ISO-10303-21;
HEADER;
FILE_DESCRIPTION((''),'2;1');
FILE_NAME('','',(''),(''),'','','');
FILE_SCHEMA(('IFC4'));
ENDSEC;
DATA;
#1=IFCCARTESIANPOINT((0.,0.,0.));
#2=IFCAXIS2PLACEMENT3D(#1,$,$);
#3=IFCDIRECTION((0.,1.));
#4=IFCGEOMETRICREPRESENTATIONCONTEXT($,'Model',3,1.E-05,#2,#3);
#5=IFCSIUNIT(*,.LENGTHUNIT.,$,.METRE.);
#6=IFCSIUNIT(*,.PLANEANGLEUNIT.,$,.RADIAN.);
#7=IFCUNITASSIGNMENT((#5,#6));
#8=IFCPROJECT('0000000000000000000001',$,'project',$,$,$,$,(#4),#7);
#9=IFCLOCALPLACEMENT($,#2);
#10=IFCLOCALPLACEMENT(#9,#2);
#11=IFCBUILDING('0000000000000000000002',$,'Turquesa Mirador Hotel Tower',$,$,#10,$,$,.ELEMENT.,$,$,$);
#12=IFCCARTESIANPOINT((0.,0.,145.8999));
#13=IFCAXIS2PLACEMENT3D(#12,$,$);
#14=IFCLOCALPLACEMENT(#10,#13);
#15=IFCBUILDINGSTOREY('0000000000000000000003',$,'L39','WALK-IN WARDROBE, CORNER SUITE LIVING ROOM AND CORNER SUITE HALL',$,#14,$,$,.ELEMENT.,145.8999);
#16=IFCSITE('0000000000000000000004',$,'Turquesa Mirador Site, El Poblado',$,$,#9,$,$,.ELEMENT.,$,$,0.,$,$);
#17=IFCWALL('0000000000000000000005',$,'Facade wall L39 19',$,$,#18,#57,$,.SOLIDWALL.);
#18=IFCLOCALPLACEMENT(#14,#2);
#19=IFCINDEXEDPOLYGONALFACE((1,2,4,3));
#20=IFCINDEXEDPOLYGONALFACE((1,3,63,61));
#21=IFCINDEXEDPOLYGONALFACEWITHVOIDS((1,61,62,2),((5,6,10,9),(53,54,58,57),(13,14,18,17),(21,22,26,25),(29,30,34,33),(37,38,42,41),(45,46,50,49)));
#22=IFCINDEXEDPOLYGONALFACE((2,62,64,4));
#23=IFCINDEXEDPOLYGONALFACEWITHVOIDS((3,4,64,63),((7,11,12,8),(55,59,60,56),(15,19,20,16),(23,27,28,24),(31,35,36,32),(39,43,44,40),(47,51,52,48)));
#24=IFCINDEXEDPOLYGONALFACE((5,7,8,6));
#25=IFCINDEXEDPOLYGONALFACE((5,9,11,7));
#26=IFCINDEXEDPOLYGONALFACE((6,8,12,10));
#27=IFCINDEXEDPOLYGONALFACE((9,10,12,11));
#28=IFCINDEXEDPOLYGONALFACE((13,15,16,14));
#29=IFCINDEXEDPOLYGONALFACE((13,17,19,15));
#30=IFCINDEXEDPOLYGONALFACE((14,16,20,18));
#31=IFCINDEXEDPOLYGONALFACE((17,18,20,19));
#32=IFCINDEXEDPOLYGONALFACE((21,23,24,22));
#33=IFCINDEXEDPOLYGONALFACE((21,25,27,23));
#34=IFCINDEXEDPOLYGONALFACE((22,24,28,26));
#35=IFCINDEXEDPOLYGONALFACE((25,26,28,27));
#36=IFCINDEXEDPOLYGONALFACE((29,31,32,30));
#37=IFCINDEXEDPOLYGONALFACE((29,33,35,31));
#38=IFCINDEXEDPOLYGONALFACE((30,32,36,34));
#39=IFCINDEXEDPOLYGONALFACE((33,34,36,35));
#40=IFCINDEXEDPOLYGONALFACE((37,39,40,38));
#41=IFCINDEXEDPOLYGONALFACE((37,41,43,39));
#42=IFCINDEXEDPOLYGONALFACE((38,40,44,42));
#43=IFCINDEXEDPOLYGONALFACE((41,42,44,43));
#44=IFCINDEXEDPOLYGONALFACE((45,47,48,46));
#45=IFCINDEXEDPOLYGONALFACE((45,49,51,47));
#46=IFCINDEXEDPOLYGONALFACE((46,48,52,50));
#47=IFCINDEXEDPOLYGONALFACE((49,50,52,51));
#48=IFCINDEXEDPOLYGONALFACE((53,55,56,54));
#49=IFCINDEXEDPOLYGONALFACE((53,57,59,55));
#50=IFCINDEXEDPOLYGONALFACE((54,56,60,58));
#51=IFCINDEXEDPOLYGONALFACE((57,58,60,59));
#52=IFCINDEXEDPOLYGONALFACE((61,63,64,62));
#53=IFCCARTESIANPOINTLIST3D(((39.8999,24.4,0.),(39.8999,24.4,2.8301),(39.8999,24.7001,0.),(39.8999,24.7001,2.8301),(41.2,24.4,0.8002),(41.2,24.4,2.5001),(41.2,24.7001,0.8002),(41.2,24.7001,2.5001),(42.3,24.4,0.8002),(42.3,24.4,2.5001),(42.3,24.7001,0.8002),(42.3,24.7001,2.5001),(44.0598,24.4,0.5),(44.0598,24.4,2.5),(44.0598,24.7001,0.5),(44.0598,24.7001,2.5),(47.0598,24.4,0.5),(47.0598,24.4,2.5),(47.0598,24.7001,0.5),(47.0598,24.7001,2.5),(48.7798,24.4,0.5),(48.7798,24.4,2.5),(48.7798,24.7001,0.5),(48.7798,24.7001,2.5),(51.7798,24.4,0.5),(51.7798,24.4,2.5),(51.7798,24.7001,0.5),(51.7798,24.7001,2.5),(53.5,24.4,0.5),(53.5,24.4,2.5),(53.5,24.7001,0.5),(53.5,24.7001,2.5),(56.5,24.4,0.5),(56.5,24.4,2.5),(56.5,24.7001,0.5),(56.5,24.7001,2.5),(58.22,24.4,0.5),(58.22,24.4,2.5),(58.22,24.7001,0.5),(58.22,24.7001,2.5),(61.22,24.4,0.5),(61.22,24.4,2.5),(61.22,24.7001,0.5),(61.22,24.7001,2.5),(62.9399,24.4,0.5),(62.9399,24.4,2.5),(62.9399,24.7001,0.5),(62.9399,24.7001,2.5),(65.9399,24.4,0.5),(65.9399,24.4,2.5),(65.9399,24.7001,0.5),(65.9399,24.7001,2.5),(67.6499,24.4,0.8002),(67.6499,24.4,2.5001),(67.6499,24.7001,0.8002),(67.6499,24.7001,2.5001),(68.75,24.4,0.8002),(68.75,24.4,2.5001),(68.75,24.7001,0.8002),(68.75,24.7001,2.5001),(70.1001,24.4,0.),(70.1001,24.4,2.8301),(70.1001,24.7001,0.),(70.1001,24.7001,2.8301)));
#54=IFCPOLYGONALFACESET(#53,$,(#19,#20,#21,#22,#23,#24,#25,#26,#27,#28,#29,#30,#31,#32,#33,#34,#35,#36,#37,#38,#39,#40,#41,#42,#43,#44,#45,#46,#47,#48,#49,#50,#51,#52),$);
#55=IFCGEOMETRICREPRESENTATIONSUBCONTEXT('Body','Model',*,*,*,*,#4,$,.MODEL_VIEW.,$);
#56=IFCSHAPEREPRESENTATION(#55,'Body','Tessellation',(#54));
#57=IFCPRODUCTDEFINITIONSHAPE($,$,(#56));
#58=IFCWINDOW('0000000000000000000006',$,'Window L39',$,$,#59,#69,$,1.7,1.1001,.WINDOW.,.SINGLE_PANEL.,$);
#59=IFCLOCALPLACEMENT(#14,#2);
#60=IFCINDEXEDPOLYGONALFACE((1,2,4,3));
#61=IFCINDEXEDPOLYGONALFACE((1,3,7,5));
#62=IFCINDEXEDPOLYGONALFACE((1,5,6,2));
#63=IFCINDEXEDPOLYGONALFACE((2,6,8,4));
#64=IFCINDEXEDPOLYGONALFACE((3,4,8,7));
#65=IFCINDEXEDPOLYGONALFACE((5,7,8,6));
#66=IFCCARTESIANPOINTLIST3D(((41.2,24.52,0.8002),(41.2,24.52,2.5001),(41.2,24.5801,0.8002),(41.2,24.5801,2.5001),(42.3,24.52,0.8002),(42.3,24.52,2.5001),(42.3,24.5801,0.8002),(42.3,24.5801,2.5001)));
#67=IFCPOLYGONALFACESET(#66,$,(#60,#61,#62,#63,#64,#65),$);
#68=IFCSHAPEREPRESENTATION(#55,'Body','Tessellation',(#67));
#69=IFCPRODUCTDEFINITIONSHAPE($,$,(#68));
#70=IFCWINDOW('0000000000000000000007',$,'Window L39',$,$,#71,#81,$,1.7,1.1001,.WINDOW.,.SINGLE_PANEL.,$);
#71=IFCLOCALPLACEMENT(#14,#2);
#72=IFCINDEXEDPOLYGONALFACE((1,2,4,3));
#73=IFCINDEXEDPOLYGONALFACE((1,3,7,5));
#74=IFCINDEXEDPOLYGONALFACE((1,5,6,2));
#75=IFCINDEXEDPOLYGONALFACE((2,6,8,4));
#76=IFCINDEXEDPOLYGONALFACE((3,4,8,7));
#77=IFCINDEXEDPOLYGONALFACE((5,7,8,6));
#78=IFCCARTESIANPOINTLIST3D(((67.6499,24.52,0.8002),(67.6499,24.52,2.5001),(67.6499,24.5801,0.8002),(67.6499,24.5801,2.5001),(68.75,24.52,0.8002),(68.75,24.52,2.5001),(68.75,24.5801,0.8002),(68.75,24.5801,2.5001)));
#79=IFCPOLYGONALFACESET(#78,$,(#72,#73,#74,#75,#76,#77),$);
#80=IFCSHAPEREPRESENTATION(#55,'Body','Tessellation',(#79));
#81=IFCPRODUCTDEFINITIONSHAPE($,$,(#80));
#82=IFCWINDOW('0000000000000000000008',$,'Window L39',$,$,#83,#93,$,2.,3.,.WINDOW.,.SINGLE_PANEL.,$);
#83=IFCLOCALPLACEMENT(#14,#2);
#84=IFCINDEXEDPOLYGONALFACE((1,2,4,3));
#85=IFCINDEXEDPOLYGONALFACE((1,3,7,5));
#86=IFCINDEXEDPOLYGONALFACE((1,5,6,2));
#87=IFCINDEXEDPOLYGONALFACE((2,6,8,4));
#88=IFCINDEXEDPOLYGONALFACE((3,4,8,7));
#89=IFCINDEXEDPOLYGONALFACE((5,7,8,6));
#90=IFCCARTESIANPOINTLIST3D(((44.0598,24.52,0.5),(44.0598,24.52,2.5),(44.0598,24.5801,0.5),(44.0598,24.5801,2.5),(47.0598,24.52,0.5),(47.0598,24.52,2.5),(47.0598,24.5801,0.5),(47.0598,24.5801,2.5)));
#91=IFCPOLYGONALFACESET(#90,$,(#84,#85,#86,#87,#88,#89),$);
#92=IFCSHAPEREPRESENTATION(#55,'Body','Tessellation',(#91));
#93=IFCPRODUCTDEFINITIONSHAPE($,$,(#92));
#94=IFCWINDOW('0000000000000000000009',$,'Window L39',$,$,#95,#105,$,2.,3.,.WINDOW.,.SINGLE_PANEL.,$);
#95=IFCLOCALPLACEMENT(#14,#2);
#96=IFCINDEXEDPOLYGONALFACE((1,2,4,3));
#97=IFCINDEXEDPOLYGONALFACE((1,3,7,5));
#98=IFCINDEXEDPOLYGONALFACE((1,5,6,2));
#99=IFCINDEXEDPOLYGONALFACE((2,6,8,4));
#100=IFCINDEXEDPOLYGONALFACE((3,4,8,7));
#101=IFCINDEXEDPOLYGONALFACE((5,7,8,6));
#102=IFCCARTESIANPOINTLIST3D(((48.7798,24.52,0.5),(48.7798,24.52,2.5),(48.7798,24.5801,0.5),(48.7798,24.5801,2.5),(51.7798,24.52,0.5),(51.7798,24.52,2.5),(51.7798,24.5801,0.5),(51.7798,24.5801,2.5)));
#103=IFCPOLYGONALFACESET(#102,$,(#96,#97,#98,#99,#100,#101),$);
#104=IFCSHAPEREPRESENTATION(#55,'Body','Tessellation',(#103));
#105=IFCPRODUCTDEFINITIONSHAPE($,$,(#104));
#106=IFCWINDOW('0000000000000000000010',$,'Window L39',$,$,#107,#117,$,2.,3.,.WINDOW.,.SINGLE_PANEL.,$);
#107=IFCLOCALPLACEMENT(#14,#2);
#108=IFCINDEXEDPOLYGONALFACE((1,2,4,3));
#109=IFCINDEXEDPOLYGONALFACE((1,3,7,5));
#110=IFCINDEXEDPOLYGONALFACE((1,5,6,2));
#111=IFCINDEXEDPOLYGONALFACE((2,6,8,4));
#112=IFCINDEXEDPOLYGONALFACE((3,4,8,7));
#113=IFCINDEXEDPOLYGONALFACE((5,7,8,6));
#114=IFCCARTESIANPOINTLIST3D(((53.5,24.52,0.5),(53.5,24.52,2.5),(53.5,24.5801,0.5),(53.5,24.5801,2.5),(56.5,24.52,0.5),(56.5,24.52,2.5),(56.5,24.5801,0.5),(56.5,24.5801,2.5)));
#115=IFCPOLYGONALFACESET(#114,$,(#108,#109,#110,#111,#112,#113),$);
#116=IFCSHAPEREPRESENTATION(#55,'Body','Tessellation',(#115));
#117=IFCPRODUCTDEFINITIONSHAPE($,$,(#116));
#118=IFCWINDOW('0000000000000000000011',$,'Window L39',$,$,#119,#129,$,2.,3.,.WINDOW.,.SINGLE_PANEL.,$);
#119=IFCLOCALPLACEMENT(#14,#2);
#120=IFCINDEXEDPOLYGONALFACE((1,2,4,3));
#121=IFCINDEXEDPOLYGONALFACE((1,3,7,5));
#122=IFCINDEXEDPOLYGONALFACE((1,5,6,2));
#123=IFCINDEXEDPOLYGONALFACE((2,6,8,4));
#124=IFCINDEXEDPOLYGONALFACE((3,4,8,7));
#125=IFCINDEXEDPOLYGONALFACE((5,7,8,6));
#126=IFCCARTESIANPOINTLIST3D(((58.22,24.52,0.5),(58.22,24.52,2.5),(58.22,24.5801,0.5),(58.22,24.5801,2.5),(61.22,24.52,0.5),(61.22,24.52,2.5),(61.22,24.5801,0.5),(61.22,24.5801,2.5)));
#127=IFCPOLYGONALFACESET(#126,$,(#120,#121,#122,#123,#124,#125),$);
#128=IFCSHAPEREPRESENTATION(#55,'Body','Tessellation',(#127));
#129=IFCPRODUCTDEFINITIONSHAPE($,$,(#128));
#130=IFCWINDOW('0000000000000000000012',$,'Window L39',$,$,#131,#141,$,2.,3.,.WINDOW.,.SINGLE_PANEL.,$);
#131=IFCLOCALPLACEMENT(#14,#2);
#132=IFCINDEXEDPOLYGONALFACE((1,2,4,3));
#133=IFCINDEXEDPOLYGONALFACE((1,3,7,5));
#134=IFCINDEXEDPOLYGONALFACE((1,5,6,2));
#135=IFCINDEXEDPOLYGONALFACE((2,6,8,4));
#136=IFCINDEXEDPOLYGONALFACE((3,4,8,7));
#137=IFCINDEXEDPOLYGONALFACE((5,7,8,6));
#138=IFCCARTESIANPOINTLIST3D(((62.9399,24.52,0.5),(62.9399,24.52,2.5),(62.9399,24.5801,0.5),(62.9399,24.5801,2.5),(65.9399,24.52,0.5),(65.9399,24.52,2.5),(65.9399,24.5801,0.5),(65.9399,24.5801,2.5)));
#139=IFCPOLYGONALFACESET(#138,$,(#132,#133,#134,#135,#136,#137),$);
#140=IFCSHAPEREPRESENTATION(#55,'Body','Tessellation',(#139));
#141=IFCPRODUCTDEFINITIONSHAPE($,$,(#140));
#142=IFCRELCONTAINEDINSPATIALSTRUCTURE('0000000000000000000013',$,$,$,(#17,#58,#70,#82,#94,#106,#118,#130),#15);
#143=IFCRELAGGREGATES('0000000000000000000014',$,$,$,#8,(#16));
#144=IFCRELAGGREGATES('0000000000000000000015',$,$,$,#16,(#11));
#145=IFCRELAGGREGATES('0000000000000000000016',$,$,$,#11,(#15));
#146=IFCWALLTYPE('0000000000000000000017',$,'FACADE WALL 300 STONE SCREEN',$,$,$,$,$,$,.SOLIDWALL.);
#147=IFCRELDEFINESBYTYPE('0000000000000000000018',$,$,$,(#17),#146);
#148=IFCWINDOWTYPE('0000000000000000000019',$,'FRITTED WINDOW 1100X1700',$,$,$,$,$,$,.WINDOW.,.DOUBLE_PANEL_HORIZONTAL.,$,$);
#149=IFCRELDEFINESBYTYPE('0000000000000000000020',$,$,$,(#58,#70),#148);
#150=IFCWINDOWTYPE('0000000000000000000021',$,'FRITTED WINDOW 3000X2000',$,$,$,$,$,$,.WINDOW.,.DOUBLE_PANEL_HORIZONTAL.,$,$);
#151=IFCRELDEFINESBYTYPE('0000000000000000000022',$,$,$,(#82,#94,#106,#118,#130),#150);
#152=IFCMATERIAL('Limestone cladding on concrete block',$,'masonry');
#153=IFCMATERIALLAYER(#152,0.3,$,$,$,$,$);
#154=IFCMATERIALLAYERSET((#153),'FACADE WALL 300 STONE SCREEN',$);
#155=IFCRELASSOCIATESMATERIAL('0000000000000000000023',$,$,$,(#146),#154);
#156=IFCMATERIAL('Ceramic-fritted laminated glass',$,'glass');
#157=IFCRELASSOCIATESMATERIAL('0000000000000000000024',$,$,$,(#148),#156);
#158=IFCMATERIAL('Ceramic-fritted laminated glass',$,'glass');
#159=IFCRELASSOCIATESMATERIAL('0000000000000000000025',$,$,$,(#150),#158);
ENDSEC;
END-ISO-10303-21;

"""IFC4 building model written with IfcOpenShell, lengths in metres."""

from ifc_helpers import new_model, si_unit, direction, frame, frame_2d, origin, place, context, subcontext, project, spatial, rectangle, extrude, material, layer, layer_set, type_object, element, fill, save


model = new_model("IFC4")

# Units and contexts
model_context = context("Model", 3, precision=1e-05, world=origin(), true_north=direction((0.0, 1.0)))
body_context = subcontext(model_context, "Body", "Model", "MODEL_VIEW")
ifc_project = project(units=[si_unit("LENGTHUNIT", "METRE"), si_unit("PLANEANGLEUNIT", "RADIAN")], contexts=[model_context])

# Site, building, storey
site_placement = place(None, origin())
site = spatial("IfcSite", under=ifc_project, at=site_placement, Name="Turquesa Mirador Site, El Poblado", CompositionType="ELEMENT", RefElevation=0.0)
building_placement = place(site_placement, origin())
building = spatial("IfcBuilding", under=site, at=building_placement, Name="Turquesa Mirador Hotel Tower", CompositionType="ELEMENT")
storey_placement = place(building_placement, frame((0.0, 0.0, 145.8999)))
storey = spatial("IfcBuildingStorey", under=building, at=storey_placement, Name="L39", Description="WALK-IN WARDROBE, CORNER SUITE LIVING ROOM AND CORNER SUITE HALL", CompositionType="ELEMENT", Elevation=145.8999)

# Shared definitions
ifc_material_1 = material(Name="Limestone cladding on concrete block", Category="masonry")
ifc_layer_1 = layer(ifc_material_1, 0.3)
ifc_layer_set_1 = layer_set([ifc_layer_1], Name="FACADE WALL 300 STONE SCREEN")
wall_type_1 = type_object("IfcWallType", Name="FACADE WALL 300 STONE SCREEN", PredefinedType="SOLIDWALL", material=ifc_layer_set_1)

# Wall, openings, windows
wall_1_placement = place(storey_placement, frame((39.8999, 24.55, 0.0), z_axis=(0.0, 0.0, 1.0), x_axis=(1.0, 0.0, 0.0)))
wall_1 = element("IfcWall", 1, at=wall_1_placement, inside=storey, type_object=wall_type_1, Name="Facade wall L39 19", PredefinedType="SOLIDWALL", context=body_context, shape_type="SweptSolid", body=[
    extrude(rectangle(XDim=30.2002, YDim=0.3, at=frame_2d((15.1001, 0.0))), origin(), (0.0, 0.0, 1.0), 2.8301),
])
opening_1_placement = place(wall_1_placement, frame((1.3, 0.0, 0.8)))
opening_1 = element("IfcOpeningElement", 2, at=opening_1_placement, cuts=wall_1, PredefinedType="OPENING", context=body_context, shape_type="SweptSolid", body=[
    extrude(rectangle(XDim=1.1001, YDim=1.7, at=frame_2d((0.55, 0.8501))), frame((0.0, 0.1599, 0.0), z_axis=(0.0, -1.0, 0.0), x_axis=(1.0, 0.0, 0.0)), (0.0, 0.0, 1.0), 0.3201),
])
opening_2_placement = place(wall_1_placement, frame((4.1599, 0.0, 0.5)))
opening_2 = element("IfcOpeningElement", 3, at=opening_2_placement, cuts=wall_1, PredefinedType="OPENING", context=body_context, shape_type="SweptSolid", body=[
    extrude(rectangle(XDim=3.0, YDim=2.0, at=frame_2d((1.5, 1.0))), frame((0.0, 0.1599, 0.0), z_axis=(0.0, -1.0, 0.0), x_axis=(1.0, 0.0, 0.0)), (0.0, 0.0, 1.0), 0.3201),
])
opening_3_placement = place(wall_1_placement, frame((8.8799, 0.0, 0.5)))
opening_3 = element("IfcOpeningElement", 4, at=opening_3_placement, cuts=wall_1, PredefinedType="OPENING", context=body_context, shape_type="SweptSolid", body=[
    extrude(rectangle(XDim=3.0, YDim=2.0, at=frame_2d((1.5, 1.0))), frame((0.0, 0.1599, 0.0), z_axis=(0.0, -1.0, 0.0), x_axis=(1.0, 0.0, 0.0)), (0.0, 0.0, 1.0), 0.3201),
])
opening_4_placement = place(wall_1_placement, frame((13.6001, 0.0, 0.5)))
opening_4 = element("IfcOpeningElement", 5, at=opening_4_placement, cuts=wall_1, PredefinedType="OPENING", context=body_context, shape_type="SweptSolid", body=[
    extrude(rectangle(XDim=3.0, YDim=2.0, at=frame_2d((1.5, 1.0))), frame((0.0, 0.1599, 0.0), z_axis=(0.0, -1.0, 0.0), x_axis=(1.0, 0.0, 0.0)), (0.0, 0.0, 1.0), 0.3201),
])
opening_5_placement = place(wall_1_placement, frame((18.3201, 0.0, 0.5)))
opening_5 = element("IfcOpeningElement", 6, at=opening_5_placement, cuts=wall_1, PredefinedType="OPENING", context=body_context, shape_type="SweptSolid", body=[
    extrude(rectangle(XDim=3.0, YDim=2.0, at=frame_2d((1.5, 1.0))), frame((0.0, 0.1599, 0.0), z_axis=(0.0, -1.0, 0.0), x_axis=(1.0, 0.0, 0.0)), (0.0, 0.0, 1.0), 0.3201),
])
opening_6_placement = place(wall_1_placement, frame((23.04, 0.0, 0.5)))
opening_6 = element("IfcOpeningElement", 7, at=opening_6_placement, cuts=wall_1, PredefinedType="OPENING", context=body_context, shape_type="SweptSolid", body=[
    extrude(rectangle(XDim=3.0, YDim=2.0, at=frame_2d((1.5, 1.0))), frame((0.0, 0.1599, 0.0), z_axis=(0.0, -1.0, 0.0), x_axis=(1.0, 0.0, 0.0)), (0.0, 0.0, 1.0), 0.3201),
])
opening_7_placement = place(wall_1_placement, frame((27.75, 0.0, 0.8)))
opening_7 = element("IfcOpeningElement", 8, at=opening_7_placement, cuts=wall_1, PredefinedType="OPENING", context=body_context, shape_type="SweptSolid", body=[
    extrude(rectangle(XDim=1.1001, YDim=1.7, at=frame_2d((0.55, 0.8501))), frame((0.0, 0.1599, 0.0), z_axis=(0.0, -1.0, 0.0), x_axis=(1.0, 0.0, 0.0)), (0.0, 0.0, 1.0), 0.3201),
])
ifc_material_2 = material(Name="Ceramic-fritted laminated glass", Category="glass")
window_type_1 = type_object("IfcWindowType", Name="FRITTED WINDOW 1100X1700", PartitioningType="DOUBLE_PANEL_HORIZONTAL", PredefinedType="WINDOW", material=ifc_material_2)
window_1_placement = place(opening_1_placement, origin())
window_1 = element("IfcWindow", 9, at=window_1_placement, inside=storey, type_object=window_type_1, Name="Window L39", OverallHeight=1.7, OverallWidth=1.1001, PartitioningType="SINGLE_PANEL", PredefinedType="WINDOW", context=body_context, shape_type="SweptSolid", body=[
    extrude(rectangle(XDim=1.1001, YDim=1.7, at=frame_2d((0.55, 0.8501))), frame((0.0, 0.03, 0.0), z_axis=(0.0, -1.0, 0.0), x_axis=(1.0, 0.0, 0.0)), (0.0, 0.0, 1.0), 0.0601),
])
fill(opening_1, window_1)
window_2_placement = place(opening_7_placement, origin())
window_2 = element("IfcWindow", 10, at=window_2_placement, inside=storey, type_object=window_type_1, Name="Window L39", OverallHeight=1.7, OverallWidth=1.1001, PartitioningType="SINGLE_PANEL", PredefinedType="WINDOW", context=body_context, shape_type="SweptSolid", body=[
    extrude(rectangle(XDim=1.1001, YDim=1.7, at=frame_2d((0.55, 0.8501))), frame((0.0, 0.03, 0.0), z_axis=(0.0, -1.0, 0.0), x_axis=(1.0, 0.0, 0.0)), (0.0, 0.0, 1.0), 0.0601),
])
fill(opening_7, window_2)
ifc_material_3 = material(Name="Ceramic-fritted laminated glass", Category="glass")
window_type_2 = type_object("IfcWindowType", Name="FRITTED WINDOW 3000X2000", PartitioningType="DOUBLE_PANEL_HORIZONTAL", PredefinedType="WINDOW", material=ifc_material_3)
window_3_placement = place(opening_2_placement, origin())
window_3 = element("IfcWindow", 11, at=window_3_placement, inside=storey, type_object=window_type_2, Name="Window L39", OverallHeight=2.0, OverallWidth=3.0, PartitioningType="SINGLE_PANEL", PredefinedType="WINDOW", context=body_context, shape_type="SweptSolid", body=[
    extrude(rectangle(XDim=3.0, YDim=2.0, at=frame_2d((1.5, 1.0))), frame((0.0, 0.03, 0.0), z_axis=(0.0, -1.0, 0.0), x_axis=(1.0, 0.0, 0.0)), (0.0, 0.0, 1.0), 0.0601),
])
fill(opening_2, window_3)
window_4_placement = place(opening_3_placement, origin())
window_4 = element("IfcWindow", 12, at=window_4_placement, inside=storey, type_object=window_type_2, Name="Window L39", OverallHeight=2.0, OverallWidth=3.0, PartitioningType="SINGLE_PANEL", PredefinedType="WINDOW", context=body_context, shape_type="SweptSolid", body=[
    extrude(rectangle(XDim=3.0, YDim=2.0, at=frame_2d((1.5, 1.0))), frame((0.0, 0.03, 0.0), z_axis=(0.0, -1.0, 0.0), x_axis=(1.0, 0.0, 0.0)), (0.0, 0.0, 1.0), 0.0601),
])
fill(opening_3, window_4)
window_5_placement = place(opening_4_placement, origin())
window_5 = element("IfcWindow", 13, at=window_5_placement, inside=storey, type_object=window_type_2, Name="Window L39", OverallHeight=2.0, OverallWidth=3.0, PartitioningType="SINGLE_PANEL", PredefinedType="WINDOW", context=body_context, shape_type="SweptSolid", body=[
    extrude(rectangle(XDim=3.0, YDim=2.0, at=frame_2d((1.5, 1.0))), frame((0.0, 0.03, 0.0), z_axis=(0.0, -1.0, 0.0), x_axis=(1.0, 0.0, 0.0)), (0.0, 0.0, 1.0), 0.0601),
])
fill(opening_4, window_5)
window_6_placement = place(opening_5_placement, origin())
window_6 = element("IfcWindow", 14, at=window_6_placement, inside=storey, type_object=window_type_2, Name="Window L39", OverallHeight=2.0, OverallWidth=3.0, PartitioningType="SINGLE_PANEL", PredefinedType="WINDOW", context=body_context, shape_type="SweptSolid", body=[
    extrude(rectangle(XDim=3.0, YDim=2.0, at=frame_2d((1.5, 1.0))), frame((0.0, 0.03, 0.0), z_axis=(0.0, -1.0, 0.0), x_axis=(1.0, 0.0, 0.0)), (0.0, 0.0, 1.0), 0.0601),
])
fill(opening_5, window_6)
window_7_placement = place(opening_6_placement, origin())
window_7 = element("IfcWindow", 15, at=window_7_placement, inside=storey, type_object=window_type_2, Name="Window L39", OverallHeight=2.0, OverallWidth=3.0, PartitioningType="SINGLE_PANEL", PredefinedType="WINDOW", context=body_context, shape_type="SweptSolid", body=[
    extrude(rectangle(XDim=3.0, YDim=2.0, at=frame_2d((1.5, 1.0))), frame((0.0, 0.03, 0.0), z_axis=(0.0, -1.0, 0.0), x_axis=(1.0, 0.0, 0.0)), (0.0, 0.0, 1.0), 0.0601),
])
fill(opening_6, window_7)

save(model, "model.ifc")
